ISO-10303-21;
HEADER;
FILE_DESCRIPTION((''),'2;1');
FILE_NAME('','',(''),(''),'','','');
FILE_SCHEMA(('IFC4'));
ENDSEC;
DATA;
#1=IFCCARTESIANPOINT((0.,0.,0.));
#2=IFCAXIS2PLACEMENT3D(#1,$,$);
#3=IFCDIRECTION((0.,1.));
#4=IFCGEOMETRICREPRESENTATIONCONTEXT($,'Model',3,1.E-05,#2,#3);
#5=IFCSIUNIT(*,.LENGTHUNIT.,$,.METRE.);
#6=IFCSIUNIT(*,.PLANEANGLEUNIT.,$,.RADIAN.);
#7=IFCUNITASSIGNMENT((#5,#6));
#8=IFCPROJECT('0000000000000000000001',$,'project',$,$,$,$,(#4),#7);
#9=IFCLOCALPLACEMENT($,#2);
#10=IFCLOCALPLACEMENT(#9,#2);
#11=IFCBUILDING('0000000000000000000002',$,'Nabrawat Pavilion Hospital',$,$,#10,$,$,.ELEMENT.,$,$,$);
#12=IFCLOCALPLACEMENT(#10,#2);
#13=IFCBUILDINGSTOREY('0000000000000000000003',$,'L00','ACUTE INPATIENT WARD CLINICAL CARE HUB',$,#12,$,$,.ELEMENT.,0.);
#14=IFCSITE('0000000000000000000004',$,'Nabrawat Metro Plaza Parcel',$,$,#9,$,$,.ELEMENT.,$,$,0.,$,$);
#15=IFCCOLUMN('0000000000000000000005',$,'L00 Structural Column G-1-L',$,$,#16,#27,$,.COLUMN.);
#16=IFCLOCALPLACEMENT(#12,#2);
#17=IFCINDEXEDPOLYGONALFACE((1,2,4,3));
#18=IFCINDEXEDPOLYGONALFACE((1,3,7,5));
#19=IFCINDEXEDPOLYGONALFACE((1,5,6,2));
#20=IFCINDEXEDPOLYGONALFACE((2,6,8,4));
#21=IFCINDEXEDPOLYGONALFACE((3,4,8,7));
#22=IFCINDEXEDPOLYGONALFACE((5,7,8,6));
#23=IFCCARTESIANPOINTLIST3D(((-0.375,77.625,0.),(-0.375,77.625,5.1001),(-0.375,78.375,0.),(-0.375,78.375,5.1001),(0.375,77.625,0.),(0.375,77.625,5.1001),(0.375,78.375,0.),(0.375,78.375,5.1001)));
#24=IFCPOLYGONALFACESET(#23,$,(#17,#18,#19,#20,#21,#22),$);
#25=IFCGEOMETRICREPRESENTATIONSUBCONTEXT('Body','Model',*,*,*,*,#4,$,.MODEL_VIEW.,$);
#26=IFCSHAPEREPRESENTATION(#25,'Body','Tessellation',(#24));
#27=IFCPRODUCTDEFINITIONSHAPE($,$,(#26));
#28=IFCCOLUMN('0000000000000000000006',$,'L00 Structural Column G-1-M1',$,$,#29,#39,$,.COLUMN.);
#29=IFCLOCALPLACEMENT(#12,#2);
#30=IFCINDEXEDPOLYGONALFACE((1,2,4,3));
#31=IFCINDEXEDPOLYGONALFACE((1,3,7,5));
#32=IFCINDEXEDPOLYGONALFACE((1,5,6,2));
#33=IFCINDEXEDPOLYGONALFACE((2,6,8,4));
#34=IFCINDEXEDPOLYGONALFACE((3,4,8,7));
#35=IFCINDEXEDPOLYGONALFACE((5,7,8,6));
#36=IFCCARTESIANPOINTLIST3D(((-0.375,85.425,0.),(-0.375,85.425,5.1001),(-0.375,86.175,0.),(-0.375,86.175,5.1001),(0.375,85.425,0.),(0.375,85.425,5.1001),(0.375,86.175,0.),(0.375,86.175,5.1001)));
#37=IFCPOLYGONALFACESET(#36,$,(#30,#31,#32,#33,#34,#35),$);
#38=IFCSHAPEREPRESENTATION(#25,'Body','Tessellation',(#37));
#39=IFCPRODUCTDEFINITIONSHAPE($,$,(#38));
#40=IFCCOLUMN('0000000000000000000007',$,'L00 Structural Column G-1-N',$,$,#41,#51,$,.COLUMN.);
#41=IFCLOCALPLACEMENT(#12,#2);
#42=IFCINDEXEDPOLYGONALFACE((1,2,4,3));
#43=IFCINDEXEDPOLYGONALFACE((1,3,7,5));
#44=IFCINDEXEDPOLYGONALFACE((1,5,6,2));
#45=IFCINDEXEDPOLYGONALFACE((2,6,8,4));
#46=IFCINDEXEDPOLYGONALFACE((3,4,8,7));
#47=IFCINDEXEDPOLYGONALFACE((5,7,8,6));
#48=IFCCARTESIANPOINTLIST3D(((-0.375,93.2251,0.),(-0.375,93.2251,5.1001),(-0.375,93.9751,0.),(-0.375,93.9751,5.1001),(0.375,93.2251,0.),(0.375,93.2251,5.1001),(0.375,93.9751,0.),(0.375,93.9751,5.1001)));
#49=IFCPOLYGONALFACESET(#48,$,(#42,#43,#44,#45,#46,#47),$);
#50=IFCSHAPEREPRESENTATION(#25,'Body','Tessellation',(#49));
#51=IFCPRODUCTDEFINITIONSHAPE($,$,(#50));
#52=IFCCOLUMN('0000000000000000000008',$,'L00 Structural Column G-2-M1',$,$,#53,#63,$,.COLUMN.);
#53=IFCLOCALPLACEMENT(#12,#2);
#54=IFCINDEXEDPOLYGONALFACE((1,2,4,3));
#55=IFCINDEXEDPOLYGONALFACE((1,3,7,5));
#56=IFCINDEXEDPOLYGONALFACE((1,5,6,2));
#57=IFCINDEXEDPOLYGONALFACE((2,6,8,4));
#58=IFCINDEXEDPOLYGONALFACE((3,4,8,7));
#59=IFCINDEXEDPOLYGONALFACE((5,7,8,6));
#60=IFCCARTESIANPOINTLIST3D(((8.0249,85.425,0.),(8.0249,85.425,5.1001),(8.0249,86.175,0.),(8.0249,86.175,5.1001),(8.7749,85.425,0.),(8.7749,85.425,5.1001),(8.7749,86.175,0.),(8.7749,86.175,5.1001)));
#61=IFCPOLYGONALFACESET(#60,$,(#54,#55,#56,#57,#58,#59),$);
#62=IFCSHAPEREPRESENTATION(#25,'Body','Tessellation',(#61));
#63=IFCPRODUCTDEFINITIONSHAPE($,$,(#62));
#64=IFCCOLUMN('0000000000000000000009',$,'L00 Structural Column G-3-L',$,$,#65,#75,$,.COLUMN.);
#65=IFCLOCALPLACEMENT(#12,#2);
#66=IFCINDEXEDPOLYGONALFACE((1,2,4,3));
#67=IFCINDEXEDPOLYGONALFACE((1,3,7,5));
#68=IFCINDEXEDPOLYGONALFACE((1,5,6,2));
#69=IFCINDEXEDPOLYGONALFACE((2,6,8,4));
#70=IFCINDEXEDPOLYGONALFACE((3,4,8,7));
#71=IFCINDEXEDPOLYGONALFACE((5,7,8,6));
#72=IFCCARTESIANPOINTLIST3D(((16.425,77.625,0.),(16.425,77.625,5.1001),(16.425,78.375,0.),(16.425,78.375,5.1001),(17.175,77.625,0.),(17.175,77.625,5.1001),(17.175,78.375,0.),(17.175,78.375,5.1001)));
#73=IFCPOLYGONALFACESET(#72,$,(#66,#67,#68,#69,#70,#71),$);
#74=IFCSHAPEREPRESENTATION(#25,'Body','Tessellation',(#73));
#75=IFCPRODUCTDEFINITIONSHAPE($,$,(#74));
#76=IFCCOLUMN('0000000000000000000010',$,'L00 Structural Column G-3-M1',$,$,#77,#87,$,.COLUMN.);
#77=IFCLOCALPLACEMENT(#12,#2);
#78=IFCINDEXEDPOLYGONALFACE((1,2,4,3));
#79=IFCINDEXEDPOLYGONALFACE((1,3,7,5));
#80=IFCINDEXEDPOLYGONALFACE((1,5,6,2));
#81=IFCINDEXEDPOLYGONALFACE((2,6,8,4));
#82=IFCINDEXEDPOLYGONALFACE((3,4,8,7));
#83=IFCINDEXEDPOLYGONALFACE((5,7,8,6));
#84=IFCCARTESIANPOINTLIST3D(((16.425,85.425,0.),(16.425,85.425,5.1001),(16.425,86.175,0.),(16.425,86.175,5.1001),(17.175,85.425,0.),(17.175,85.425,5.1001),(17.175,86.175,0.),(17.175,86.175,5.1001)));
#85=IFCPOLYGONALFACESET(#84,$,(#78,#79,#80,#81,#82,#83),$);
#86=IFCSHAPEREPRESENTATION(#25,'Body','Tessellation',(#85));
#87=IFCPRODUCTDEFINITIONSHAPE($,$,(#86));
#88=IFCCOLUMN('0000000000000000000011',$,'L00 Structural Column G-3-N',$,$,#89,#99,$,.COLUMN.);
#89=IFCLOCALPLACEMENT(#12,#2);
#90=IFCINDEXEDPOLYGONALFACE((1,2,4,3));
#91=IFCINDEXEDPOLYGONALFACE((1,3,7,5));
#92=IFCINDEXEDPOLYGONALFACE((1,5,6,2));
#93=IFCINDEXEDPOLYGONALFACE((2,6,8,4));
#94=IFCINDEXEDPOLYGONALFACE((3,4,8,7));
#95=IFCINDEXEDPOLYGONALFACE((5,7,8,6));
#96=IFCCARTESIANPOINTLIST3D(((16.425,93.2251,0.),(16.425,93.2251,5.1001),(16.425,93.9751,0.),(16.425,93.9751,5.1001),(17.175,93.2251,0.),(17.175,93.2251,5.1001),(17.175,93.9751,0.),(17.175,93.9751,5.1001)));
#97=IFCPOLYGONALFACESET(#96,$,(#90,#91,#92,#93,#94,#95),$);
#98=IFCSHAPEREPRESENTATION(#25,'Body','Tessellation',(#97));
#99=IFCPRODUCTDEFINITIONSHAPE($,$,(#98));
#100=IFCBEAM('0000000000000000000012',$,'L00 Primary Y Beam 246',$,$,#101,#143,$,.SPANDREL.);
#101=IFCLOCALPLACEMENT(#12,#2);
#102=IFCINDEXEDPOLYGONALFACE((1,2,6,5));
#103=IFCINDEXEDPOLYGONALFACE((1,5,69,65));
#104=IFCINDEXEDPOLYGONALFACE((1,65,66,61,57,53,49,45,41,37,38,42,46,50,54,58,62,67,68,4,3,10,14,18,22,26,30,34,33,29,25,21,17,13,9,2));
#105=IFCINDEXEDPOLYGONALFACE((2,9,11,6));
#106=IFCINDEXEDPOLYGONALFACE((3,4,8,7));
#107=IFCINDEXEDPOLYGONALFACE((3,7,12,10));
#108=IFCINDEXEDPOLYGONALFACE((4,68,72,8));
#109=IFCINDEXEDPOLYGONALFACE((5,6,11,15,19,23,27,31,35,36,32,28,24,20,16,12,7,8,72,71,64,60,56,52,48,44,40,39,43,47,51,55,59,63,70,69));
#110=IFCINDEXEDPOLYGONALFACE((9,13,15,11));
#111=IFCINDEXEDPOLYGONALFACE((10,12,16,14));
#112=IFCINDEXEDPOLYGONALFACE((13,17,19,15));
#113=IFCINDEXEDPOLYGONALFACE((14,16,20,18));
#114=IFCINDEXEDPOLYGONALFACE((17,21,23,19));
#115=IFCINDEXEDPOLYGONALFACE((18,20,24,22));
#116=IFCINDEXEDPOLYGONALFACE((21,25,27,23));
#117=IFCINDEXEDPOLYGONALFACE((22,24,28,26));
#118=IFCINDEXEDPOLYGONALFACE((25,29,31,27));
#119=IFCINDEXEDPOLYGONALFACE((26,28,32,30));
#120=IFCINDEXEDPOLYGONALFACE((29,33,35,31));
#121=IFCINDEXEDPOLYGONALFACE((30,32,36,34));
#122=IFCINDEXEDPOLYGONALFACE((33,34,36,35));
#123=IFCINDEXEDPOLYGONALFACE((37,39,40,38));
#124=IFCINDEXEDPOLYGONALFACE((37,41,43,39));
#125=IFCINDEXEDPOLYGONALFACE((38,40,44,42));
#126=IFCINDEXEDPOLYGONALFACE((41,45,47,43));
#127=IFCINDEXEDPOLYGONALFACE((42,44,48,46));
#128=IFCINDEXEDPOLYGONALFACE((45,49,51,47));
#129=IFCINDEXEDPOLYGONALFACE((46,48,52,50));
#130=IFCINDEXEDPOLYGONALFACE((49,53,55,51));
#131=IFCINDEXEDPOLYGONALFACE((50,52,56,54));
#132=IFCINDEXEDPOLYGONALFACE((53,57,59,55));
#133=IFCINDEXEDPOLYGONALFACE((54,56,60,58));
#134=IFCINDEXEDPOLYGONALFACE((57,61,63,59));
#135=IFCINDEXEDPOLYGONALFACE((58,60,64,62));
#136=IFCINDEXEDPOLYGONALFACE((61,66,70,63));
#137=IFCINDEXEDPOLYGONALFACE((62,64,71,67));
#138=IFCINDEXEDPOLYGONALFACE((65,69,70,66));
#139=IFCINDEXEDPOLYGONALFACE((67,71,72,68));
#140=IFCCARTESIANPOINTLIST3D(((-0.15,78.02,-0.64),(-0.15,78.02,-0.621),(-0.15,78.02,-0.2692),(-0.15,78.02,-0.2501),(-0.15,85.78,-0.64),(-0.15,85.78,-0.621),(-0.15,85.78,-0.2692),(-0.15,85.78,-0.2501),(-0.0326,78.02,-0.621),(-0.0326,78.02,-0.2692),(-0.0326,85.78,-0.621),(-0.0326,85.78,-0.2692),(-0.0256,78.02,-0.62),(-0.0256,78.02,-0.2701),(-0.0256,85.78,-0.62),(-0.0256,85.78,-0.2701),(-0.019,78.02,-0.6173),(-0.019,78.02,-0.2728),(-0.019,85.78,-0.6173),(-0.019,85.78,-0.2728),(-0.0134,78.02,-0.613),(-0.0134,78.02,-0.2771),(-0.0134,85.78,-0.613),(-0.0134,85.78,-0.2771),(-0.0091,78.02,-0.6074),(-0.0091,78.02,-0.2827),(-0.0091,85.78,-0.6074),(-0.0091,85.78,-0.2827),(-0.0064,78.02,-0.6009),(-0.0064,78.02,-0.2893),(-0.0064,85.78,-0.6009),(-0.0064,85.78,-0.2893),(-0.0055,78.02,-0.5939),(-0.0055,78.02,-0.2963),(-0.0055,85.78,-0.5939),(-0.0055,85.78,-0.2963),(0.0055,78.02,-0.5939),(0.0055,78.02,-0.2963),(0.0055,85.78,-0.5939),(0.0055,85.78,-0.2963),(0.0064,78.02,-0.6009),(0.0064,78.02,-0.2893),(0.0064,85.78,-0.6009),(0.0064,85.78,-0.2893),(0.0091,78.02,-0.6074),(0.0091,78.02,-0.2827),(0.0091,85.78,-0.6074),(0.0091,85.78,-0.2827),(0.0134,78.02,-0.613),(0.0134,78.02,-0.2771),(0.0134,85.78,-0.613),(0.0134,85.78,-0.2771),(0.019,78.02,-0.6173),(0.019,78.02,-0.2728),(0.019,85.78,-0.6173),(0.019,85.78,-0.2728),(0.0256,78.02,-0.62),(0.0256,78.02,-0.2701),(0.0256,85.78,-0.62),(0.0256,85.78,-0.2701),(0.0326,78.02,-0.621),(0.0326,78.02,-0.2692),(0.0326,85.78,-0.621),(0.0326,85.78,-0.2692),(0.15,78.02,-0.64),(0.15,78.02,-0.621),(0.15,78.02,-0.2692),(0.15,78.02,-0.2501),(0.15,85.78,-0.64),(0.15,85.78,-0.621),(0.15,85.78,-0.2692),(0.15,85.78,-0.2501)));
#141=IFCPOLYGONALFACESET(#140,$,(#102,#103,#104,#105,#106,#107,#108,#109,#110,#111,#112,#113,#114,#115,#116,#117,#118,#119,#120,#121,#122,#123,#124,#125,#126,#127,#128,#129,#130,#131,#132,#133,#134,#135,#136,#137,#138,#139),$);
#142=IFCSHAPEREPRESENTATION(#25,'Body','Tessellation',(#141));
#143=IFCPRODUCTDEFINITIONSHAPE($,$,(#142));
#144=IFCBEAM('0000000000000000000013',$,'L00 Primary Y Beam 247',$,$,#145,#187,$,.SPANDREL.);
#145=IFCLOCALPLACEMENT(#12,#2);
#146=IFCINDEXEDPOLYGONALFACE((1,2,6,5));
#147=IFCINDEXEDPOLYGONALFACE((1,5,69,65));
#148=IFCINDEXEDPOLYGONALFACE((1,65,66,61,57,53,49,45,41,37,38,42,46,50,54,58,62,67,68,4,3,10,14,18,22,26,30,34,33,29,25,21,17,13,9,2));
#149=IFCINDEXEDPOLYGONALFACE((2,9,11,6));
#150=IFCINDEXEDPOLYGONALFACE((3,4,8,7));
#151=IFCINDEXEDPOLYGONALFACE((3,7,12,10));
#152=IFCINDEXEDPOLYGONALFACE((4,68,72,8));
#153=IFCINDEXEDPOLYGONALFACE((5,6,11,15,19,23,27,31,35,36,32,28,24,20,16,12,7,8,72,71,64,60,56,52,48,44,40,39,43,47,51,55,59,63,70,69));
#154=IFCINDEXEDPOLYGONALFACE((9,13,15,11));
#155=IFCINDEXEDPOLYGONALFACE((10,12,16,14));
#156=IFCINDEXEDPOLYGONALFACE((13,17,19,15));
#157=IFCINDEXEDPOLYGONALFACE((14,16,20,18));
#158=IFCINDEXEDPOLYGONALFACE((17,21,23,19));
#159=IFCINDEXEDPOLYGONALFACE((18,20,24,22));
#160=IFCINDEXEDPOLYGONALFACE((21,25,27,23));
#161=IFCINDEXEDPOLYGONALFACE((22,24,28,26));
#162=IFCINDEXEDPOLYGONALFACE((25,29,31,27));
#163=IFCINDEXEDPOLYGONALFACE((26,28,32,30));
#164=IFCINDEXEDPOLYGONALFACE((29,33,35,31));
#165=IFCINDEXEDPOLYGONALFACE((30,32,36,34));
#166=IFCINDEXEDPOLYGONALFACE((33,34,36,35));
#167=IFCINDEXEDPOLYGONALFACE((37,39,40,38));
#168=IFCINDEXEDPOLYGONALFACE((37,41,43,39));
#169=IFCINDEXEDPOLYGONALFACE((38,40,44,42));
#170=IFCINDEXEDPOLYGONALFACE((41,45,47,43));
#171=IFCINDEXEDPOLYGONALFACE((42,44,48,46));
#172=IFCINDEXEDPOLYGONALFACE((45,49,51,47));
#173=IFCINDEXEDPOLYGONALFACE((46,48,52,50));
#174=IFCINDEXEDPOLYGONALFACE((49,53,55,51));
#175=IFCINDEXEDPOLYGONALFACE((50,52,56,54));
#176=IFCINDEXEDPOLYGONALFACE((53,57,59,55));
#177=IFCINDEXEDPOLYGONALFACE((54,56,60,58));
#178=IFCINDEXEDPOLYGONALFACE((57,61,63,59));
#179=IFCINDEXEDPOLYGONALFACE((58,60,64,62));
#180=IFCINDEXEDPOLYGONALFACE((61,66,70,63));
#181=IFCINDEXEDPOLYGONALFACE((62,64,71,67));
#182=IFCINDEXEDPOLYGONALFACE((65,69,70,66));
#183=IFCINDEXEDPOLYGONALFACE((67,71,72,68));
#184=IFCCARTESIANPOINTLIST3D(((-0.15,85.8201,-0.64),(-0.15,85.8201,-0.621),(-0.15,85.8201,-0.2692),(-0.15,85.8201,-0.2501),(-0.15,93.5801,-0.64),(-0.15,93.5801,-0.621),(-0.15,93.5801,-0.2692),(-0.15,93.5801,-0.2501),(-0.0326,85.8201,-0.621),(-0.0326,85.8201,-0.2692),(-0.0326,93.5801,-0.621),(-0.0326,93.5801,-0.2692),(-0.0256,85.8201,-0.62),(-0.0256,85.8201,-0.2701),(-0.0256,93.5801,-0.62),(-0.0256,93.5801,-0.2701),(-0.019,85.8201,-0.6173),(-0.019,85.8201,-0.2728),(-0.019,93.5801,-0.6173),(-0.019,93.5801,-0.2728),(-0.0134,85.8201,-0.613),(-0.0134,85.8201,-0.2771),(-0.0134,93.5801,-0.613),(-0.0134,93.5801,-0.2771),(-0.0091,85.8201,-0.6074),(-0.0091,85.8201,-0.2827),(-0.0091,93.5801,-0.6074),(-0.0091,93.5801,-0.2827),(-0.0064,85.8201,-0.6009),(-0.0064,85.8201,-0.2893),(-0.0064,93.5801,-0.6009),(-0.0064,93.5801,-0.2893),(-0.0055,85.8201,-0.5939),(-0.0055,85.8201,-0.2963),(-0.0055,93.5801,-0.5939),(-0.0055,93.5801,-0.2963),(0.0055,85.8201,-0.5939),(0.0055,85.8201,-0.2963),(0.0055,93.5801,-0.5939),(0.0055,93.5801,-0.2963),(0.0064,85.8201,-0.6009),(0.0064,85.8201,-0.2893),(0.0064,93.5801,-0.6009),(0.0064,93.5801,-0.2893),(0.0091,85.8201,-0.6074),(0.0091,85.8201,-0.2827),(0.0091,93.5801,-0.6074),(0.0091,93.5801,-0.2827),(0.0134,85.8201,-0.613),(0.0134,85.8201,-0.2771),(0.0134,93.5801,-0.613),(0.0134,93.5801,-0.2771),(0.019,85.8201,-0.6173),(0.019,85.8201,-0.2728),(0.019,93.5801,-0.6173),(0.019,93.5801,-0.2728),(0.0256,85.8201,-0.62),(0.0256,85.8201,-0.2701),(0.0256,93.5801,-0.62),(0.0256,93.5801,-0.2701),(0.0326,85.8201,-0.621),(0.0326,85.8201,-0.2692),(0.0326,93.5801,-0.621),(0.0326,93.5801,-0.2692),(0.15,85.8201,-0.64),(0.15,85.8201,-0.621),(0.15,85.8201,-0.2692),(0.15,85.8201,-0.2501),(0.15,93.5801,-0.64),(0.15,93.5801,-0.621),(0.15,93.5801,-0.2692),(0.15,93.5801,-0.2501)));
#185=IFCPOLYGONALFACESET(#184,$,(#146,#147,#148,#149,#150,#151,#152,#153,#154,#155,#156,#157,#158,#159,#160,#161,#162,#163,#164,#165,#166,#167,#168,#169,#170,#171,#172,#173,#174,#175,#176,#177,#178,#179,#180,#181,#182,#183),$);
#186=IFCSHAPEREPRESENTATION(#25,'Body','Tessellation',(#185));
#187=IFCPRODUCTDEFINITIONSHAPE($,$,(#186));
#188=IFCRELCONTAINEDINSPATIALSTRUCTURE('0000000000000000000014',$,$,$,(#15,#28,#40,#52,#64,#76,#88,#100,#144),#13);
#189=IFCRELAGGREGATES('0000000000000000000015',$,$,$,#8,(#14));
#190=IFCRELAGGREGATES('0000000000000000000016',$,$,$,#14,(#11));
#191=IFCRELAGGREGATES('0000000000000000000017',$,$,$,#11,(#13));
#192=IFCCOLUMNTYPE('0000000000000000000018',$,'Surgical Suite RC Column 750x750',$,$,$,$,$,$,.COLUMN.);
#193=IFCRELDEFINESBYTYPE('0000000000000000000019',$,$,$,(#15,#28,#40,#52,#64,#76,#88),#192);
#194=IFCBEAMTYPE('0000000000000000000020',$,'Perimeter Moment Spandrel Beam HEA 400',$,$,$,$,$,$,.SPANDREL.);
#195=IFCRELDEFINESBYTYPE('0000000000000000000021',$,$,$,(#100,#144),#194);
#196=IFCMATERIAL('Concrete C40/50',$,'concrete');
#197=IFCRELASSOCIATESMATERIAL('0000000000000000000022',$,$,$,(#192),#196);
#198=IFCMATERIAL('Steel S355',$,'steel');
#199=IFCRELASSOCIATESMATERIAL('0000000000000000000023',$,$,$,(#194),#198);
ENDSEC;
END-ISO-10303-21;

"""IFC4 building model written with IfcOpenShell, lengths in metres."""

from ifc_helpers import new_model, si_unit, direction, frame, origin, origin_2d, place, context, subcontext, project, spatial, rectangle, i_section, extrude, material, material_profile, profile_set, type_object, element, save


model = new_model("IFC4")

# Units and contexts
model_context = context("Model", 3, precision=1e-05, world=origin(), true_north=direction((0.0, 1.0)))
body_context = subcontext(model_context, "Body", "Model", "MODEL_VIEW")
ifc_project = project(units=[si_unit("LENGTHUNIT", "METRE"), si_unit("PLANEANGLEUNIT", "RADIAN")], contexts=[model_context])

# Site, building, storey
site_placement = place(None, origin())
site = spatial("IfcSite", under=ifc_project, at=site_placement, Name="Nabrawat Metro Plaza Parcel", CompositionType="ELEMENT", RefElevation=0.0)
building_placement = place(site_placement, origin())
building = spatial("IfcBuilding", under=site, at=building_placement, Name="Nabrawat Pavilion Hospital", CompositionType="ELEMENT")
storey_placement = place(building_placement, origin())
storey = spatial("IfcBuildingStorey", under=building, at=storey_placement, Name="L00", Description="ACUTE INPATIENT WARD CLINICAL CARE HUB", CompositionType="ELEMENT", Elevation=0.0)

# Columns
ifc_material_1 = material(Name="Concrete C40/50", Category="concrete")
ifc_material_profile_1 = material_profile(ifc_material_1, rectangle(XDim=0.75, YDim=0.75, at=origin_2d()), Name="RC 750x750")
ifc_profile_set_1 = profile_set([ifc_material_profile_1], Name="Concrete C40/50")
column_type = type_object("IfcColumnType", Name="Surgical Suite RC Column 750x750", PredefinedType="COLUMN", material=ifc_profile_set_1)
for number, where, z_axis, x_axis, name in (
    (1, (0.0, 78.0, 0.0), (0.0, 0.0, 1.0), (1.0, 0.0, 0.0), "L00 Structural Column G-1-L"),
    (2, (0.0, 85.8, 0.0), (0.0, 0.0, 1.0), (1.0, 0.0, 0.0), "L00 Structural Column G-1-M1"),
    (3, (0.0, 93.6001, 0.0), (0.0, 0.0, 1.0), (1.0, 0.0, 0.0), "L00 Structural Column G-1-N"),
    (4, (8.3999, 85.8, 0.0), (0.0, 0.0, 1.0), (1.0, 0.0, 0.0), "L00 Structural Column G-2-M1"),
    (5, (16.8, 78.0, 0.0), (0.0, 0.0, 1.0), (1.0, 0.0, 0.0), "L00 Structural Column G-3-L"),
    (6, (16.8, 85.8, 0.0), (0.0, 0.0, 1.0), (1.0, 0.0, 0.0), "L00 Structural Column G-3-M1"),
    (7, (16.8, 93.6001, 0.0), (0.0, 0.0, 1.0), (1.0, 0.0, 0.0), "L00 Structural Column G-3-N"),
):
    element("IfcColumn", number, at=place(storey_placement, frame(where, z_axis=z_axis, x_axis=x_axis)), inside=storey, type_object=column_type, Name=name, PredefinedType="COLUMN", context=body_context, shape_type="SweptSolid", body=[
        extrude(rectangle(XDim=0.75, YDim=0.75, at=origin_2d()), origin(), (0.0, 0.0, 1.0), 5.1001),
    ])

# Beams
ifc_material_2 = material(Name="Steel S355", Category="steel")
ifc_material_profile_2 = material_profile(ifc_material_2, i_section(OverallWidth=0.3, OverallDepth=0.3899, WebThickness=0.011, FlangeThickness=0.019, FilletRadius=0.0271, at=origin_2d()), Name="HEA 400")
ifc_profile_set_2 = profile_set([ifc_material_profile_2], Name="Steel S355")
beam_type_1 = type_object("IfcBeamType", Name="Perimeter Moment Spandrel Beam HEA 400", PredefinedType="SPANDREL", material=ifc_profile_set_2)
for number, where, z_axis, x_axis, name in (
    (8, (0.0, 78.02, -0.4451), (0.0, 1.0, 0.0), (-1.0, 0.0, 0.0), "L00 Primary Y Beam 246"),
    (9, (0.0, 85.8201, -0.4451), (0.0, 1.0, 0.0), (-1.0, 0.0, 0.0), "L00 Primary Y Beam 247"),
):
    element("IfcBeam", number, at=place(storey_placement, frame(where, z_axis=z_axis, x_axis=x_axis)), inside=storey, type_object=beam_type_1, Name=name, PredefinedType="SPANDREL", context=body_context, shape_type="SweptSolid", body=[
        extrude(i_section(OverallWidth=0.3, OverallDepth=0.3899, WebThickness=0.011, FlangeThickness=0.019, FilletRadius=0.0271, at=origin_2d()), origin(), (0.0, 0.0, 1.0), 7.76),
    ])

save(model, "model.ifc")
